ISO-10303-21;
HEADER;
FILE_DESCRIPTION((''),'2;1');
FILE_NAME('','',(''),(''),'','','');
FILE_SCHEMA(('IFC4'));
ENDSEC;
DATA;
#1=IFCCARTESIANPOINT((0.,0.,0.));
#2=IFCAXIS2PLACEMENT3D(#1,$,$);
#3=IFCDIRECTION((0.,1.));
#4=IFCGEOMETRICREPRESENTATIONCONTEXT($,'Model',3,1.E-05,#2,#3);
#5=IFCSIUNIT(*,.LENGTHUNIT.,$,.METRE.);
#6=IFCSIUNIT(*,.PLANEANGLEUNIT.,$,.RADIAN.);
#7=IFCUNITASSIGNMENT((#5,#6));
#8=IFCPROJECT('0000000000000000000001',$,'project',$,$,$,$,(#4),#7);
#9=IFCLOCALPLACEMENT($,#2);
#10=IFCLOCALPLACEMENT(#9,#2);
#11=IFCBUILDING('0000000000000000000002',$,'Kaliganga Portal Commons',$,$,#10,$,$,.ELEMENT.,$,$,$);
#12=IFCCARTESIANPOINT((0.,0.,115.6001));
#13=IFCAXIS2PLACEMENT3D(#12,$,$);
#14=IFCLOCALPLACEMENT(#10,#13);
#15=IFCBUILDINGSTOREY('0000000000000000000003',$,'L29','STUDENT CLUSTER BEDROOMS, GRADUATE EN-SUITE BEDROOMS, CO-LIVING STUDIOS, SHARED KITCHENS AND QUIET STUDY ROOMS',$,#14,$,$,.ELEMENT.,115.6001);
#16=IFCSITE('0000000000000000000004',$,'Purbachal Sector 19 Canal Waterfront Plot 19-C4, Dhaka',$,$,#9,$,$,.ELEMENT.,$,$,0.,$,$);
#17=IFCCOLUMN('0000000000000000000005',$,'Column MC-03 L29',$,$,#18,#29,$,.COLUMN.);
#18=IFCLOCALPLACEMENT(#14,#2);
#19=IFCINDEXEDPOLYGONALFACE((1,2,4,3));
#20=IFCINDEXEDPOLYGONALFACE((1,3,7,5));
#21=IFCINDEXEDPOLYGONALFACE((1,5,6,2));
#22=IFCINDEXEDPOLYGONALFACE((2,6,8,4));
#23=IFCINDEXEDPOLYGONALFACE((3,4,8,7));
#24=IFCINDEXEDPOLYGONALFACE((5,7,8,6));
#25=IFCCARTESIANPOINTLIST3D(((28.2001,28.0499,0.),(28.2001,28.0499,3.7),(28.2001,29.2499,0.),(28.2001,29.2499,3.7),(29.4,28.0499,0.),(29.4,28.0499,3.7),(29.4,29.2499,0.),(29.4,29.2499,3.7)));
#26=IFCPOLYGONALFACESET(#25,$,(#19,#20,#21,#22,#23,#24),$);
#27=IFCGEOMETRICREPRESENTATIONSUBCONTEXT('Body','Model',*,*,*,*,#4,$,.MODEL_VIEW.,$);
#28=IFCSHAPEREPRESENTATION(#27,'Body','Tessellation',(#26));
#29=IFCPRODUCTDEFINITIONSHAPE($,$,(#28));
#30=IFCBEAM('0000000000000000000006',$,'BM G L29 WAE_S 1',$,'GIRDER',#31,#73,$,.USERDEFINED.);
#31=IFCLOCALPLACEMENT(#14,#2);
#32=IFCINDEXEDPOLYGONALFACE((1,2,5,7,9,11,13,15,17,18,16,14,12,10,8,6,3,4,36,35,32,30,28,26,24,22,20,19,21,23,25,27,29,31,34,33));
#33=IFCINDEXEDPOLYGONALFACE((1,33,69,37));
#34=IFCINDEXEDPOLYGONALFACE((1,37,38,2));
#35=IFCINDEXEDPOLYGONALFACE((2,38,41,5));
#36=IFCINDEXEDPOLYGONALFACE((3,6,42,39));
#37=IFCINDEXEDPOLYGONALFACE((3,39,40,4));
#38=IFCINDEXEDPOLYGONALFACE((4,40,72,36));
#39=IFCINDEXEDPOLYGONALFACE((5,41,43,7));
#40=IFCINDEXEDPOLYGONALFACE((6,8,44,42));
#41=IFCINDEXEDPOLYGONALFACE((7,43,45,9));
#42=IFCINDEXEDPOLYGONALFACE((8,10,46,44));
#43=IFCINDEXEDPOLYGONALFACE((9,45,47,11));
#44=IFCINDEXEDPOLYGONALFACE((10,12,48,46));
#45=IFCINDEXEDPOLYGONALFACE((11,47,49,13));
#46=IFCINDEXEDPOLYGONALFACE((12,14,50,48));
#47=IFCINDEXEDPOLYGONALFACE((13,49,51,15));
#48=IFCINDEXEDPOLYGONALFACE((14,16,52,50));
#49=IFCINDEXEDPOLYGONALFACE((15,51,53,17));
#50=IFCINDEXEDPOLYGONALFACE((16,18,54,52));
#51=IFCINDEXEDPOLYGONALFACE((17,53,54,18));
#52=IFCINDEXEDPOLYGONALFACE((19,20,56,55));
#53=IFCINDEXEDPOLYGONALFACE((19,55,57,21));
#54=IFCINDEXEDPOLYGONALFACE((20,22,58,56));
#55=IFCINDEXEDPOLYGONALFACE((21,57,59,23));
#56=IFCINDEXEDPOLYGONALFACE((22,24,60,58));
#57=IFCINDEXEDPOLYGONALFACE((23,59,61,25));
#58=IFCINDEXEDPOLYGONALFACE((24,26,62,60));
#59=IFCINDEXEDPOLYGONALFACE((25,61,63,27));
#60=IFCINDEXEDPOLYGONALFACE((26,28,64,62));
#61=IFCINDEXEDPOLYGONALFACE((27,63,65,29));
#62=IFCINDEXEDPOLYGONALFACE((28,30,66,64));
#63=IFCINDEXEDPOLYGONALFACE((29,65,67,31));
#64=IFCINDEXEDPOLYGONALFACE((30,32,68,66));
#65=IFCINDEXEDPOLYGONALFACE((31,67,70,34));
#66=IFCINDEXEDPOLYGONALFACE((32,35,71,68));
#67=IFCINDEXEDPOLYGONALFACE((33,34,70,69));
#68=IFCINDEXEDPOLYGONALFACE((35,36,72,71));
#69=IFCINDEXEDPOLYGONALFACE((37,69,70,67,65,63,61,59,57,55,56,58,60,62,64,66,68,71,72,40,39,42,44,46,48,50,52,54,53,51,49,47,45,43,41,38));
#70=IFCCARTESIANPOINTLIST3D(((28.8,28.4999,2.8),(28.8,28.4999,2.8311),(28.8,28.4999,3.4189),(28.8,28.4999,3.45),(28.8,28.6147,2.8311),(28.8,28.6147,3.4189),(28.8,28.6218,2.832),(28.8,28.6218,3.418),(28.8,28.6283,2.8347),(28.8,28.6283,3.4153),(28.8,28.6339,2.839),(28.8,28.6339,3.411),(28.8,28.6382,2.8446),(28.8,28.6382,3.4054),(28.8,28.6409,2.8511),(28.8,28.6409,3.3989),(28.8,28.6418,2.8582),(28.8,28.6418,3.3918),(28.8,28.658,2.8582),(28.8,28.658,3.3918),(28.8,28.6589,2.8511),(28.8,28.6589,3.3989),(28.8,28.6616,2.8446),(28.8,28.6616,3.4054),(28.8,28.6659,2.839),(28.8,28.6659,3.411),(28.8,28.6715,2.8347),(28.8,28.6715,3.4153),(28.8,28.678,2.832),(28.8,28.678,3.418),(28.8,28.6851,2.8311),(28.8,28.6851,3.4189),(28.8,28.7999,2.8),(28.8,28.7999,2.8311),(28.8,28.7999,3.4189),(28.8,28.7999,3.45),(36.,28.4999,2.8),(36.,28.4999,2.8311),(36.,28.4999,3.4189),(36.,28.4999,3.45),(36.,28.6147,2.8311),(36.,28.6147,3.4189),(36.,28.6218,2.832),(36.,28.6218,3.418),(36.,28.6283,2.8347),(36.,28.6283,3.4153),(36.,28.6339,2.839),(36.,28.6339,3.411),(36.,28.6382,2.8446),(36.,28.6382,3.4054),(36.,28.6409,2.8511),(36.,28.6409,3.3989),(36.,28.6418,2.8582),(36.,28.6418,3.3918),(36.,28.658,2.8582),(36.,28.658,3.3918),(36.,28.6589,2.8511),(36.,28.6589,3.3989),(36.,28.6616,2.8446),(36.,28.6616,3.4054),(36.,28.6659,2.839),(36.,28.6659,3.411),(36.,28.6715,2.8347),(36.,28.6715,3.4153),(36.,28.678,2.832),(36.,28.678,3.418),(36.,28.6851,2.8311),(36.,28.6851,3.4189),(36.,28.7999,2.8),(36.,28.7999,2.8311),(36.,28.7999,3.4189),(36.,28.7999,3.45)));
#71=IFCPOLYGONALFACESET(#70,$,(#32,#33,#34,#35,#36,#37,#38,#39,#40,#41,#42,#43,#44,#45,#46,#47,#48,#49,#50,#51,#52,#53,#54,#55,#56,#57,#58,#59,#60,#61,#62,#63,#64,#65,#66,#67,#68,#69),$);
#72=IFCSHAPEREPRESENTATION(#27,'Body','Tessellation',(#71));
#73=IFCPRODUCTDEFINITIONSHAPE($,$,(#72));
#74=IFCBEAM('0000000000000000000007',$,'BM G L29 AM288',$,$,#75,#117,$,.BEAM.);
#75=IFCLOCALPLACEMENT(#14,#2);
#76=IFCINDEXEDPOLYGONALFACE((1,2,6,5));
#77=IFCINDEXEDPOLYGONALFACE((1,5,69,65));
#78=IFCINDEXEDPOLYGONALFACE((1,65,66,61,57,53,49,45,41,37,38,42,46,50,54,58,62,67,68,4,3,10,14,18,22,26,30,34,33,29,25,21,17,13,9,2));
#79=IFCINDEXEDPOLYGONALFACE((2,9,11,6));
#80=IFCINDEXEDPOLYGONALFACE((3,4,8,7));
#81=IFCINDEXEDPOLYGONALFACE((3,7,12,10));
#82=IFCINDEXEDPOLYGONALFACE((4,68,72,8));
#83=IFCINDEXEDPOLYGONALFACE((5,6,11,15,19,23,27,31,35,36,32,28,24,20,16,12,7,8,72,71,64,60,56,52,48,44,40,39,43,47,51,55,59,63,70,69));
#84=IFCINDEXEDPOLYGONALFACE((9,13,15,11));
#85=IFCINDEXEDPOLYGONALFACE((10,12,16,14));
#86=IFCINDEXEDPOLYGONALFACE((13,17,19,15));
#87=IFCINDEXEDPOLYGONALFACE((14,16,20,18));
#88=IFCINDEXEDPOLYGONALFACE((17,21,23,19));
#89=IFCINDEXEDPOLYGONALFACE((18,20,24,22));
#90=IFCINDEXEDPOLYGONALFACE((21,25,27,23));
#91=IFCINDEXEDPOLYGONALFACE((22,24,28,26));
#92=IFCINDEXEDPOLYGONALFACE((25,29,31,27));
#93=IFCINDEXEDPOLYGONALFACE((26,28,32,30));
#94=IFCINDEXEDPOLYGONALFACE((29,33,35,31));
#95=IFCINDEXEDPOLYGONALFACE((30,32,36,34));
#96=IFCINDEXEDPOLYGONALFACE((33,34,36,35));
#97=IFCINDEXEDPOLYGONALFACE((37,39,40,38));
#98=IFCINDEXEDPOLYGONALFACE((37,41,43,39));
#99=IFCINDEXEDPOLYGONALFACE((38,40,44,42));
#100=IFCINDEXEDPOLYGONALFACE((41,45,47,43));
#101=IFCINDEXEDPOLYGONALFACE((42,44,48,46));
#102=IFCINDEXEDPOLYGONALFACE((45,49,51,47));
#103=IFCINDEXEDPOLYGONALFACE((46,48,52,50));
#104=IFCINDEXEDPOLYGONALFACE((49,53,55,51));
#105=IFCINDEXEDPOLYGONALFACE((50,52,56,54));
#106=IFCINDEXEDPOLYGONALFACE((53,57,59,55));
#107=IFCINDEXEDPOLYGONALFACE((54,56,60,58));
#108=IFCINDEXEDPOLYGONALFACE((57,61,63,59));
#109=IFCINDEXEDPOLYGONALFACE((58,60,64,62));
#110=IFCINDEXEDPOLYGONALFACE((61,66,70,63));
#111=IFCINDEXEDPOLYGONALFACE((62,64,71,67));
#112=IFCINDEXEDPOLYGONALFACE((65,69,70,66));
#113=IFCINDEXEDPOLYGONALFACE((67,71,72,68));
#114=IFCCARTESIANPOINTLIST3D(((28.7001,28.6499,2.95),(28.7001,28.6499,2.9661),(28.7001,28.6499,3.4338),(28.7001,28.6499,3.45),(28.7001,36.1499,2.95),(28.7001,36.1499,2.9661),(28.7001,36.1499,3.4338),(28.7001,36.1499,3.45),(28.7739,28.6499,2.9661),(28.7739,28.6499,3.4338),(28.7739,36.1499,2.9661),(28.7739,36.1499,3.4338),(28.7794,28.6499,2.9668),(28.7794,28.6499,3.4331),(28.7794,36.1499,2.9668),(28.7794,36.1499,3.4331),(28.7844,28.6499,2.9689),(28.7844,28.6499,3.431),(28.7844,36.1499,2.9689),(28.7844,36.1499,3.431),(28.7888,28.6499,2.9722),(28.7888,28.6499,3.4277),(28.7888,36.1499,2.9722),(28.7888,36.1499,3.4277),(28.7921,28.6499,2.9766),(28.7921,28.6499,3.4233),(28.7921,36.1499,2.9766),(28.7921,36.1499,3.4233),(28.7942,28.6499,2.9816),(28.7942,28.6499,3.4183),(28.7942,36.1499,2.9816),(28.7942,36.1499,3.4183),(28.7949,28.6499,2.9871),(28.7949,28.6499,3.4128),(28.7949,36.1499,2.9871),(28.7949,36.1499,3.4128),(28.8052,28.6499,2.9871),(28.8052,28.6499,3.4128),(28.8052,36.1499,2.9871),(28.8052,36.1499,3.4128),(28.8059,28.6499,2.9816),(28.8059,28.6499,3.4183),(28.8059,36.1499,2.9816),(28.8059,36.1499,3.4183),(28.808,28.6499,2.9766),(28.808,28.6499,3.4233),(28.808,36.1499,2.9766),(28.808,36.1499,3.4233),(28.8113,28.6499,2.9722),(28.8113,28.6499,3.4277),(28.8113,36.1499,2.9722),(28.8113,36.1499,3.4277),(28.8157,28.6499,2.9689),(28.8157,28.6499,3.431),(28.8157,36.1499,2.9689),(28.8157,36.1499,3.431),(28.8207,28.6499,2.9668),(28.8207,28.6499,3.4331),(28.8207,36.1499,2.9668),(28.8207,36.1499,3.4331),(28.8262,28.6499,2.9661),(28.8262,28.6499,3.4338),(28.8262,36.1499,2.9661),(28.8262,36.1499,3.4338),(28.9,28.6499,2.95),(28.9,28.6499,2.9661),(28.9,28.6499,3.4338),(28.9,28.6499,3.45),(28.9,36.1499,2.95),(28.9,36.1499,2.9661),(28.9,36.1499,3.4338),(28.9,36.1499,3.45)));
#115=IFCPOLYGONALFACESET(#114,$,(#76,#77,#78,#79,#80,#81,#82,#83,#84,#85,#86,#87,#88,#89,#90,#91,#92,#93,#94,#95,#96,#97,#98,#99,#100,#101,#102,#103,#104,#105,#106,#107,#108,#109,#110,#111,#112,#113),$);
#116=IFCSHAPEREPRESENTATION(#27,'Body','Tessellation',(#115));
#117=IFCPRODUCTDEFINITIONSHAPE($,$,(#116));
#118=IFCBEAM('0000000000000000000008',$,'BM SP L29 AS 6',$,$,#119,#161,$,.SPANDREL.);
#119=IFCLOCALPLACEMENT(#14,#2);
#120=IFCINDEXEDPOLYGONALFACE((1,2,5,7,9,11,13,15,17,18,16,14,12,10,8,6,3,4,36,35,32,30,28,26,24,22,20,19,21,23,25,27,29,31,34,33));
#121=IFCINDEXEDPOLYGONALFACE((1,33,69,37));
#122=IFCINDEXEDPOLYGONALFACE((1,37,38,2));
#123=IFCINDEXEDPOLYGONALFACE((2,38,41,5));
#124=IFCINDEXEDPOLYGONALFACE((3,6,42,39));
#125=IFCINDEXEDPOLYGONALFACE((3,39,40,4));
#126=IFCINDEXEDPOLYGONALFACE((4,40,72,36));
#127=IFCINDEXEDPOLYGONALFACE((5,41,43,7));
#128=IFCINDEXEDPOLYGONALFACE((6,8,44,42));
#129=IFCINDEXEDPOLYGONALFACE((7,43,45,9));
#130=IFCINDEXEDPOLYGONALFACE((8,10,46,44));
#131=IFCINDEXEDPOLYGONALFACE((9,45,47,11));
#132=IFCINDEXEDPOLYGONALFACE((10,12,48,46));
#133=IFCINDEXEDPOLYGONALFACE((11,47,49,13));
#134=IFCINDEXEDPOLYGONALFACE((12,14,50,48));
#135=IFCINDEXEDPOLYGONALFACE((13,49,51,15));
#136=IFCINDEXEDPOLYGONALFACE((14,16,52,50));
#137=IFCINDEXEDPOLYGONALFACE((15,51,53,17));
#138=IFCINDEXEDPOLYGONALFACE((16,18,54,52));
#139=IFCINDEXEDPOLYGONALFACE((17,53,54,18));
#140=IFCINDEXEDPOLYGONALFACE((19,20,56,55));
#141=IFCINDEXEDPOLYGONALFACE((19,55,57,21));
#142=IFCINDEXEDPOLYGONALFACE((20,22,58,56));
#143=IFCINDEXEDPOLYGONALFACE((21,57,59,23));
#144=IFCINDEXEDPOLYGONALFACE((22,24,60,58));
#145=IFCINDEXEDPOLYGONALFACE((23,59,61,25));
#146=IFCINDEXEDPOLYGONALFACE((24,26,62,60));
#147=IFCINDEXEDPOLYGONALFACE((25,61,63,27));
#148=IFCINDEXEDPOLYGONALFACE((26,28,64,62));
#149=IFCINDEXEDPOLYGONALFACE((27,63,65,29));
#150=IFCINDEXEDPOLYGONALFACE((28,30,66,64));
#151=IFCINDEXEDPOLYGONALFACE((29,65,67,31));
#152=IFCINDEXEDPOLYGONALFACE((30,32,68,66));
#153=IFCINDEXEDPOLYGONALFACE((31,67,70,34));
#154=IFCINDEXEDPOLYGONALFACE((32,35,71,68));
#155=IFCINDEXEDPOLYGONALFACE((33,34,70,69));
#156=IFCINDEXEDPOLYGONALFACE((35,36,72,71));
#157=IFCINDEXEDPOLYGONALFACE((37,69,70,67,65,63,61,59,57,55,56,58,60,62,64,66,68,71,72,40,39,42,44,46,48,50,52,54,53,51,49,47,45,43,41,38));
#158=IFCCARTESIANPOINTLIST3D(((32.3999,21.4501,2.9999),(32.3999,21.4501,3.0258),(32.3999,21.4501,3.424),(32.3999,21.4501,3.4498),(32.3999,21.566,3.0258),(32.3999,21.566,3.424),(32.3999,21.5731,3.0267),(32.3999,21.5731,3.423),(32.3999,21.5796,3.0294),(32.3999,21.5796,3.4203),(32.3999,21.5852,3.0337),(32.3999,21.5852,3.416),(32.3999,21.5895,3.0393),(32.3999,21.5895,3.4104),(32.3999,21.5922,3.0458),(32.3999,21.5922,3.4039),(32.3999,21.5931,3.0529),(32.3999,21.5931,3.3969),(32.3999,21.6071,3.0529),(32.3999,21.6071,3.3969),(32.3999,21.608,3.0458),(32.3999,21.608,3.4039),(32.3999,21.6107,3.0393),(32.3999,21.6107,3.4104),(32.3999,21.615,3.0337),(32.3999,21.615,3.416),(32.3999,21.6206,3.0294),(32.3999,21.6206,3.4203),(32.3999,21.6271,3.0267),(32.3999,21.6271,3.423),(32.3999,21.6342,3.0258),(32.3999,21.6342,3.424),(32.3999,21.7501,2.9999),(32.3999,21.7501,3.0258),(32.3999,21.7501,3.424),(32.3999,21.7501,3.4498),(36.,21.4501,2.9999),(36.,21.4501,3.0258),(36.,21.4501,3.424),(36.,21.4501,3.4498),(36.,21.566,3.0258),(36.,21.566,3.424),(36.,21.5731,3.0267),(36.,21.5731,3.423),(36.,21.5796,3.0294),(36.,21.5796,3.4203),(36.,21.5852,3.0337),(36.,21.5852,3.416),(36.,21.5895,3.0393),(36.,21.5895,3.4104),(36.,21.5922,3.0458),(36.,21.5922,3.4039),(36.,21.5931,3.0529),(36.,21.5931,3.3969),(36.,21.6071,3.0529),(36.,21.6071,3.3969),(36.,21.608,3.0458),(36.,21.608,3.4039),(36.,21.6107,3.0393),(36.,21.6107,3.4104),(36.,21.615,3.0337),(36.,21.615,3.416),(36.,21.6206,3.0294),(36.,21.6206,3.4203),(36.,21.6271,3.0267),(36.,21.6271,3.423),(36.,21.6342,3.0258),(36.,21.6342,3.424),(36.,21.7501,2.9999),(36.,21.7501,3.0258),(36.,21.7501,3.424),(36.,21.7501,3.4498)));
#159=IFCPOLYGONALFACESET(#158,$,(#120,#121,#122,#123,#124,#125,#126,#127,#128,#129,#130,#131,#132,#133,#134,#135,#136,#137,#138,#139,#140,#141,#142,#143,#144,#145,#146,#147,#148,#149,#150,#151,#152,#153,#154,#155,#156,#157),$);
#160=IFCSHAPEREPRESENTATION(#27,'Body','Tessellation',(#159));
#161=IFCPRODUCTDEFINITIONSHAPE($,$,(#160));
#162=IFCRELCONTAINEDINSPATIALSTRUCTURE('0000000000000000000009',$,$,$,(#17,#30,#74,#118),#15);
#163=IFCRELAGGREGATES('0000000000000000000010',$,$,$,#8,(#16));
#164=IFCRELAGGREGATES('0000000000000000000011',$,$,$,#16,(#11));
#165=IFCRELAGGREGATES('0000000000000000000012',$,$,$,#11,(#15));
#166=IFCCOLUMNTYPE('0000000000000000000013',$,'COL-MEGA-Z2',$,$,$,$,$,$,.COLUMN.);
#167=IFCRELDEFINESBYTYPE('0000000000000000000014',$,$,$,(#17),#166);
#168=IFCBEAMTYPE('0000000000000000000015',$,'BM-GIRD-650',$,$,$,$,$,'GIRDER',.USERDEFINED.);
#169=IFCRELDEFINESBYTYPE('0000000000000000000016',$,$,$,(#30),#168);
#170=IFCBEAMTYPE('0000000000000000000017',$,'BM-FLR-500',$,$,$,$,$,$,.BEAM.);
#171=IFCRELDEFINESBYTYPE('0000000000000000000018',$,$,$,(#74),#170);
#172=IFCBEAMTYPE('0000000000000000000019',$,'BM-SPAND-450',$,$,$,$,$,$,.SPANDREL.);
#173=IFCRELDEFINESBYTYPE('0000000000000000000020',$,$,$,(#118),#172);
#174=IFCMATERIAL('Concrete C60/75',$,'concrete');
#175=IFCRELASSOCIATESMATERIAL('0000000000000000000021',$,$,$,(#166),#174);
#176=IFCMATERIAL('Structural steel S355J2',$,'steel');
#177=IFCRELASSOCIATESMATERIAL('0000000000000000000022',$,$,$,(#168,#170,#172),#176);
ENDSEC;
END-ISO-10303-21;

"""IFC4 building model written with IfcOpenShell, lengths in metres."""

from ifc_helpers import new_model, si_unit, direction, frame, origin, origin_2d, place, context, subcontext, project, spatial, rectangle, i_section, extrude, source, transform, mapped, material, material_profile, profile_set, type_object, element, save


model = new_model("IFC4")

# Units and contexts
model_context = context("Model", 3, precision=1e-05, world=origin(), true_north=direction((0.0, 1.0)))
body_context = subcontext(model_context, "Body", "Model", "MODEL_VIEW")
ifc_project = project(units=[si_unit("LENGTHUNIT", "METRE"), si_unit("PLANEANGLEUNIT", "RADIAN")], contexts=[model_context])

# Site, building, storey
site_placement = place(None, origin())
site = spatial("IfcSite", under=ifc_project, at=site_placement, Name="Purbachal Sector 19 Canal Waterfront Plot 19-C4, Dhaka", CompositionType="ELEMENT", RefElevation=0.0)
building_placement = place(site_placement, origin())
building = spatial("IfcBuilding", under=site, at=building_placement, Name="Kaliganga Portal Commons", CompositionType="ELEMENT")
storey_placement = place(building_placement, frame((0.0, 0.0, 115.6001)))
storey = spatial("IfcBuildingStorey", under=building, at=storey_placement, Name="L29", Description="STUDENT CLUSTER BEDROOMS, GRADUATE EN-SUITE BEDROOMS, CO-LIVING STUDIOS, SHARED KITCHENS AND QUIET STUDY ROOMS", CompositionType="ELEMENT", Elevation=115.6001)

# Column
ifc_material_1 = material(Name="Concrete C60/75", Category="concrete")
ifc_material_profile_1 = material_profile(ifc_material_1, rectangle(XDim=1.2, YDim=1.2, at=origin_2d()), Name="RC 1200x1200")
ifc_profile_set_1 = profile_set([ifc_material_profile_1], Name="Concrete C60/75")
column_type = type_object("IfcColumnType", Name="COL-MEGA-Z2", PredefinedType="COLUMN", material=ifc_profile_set_1)
shared_shape_1 = source(origin(), body_context, "Body", "SweptSolid", [
    extrude(rectangle(XDim=1.2, YDim=1.2, at=origin_2d()), origin(), (0.0, 0.0, 1.0), 3.7),
])
column_placement = place(storey_placement, frame((28.8, 28.6499, 0.0), z_axis=(0.0, 0.0, 1.0), x_axis=(1.0, 0.0, 0.0)))
element("IfcColumn", 1, at=column_placement, inside=storey, type_object=column_type, Name="Column MC-03 L29", PredefinedType="COLUMN", context=body_context, shape_type="MappedRepresentation", body=[
    mapped(shared_shape_1, transform((0.0, 0.0, 0.0), x_axis=(1.0, 0.0, 0.0), y_axis=(0.0, 1.0, 0.0), z_axis=(0.0, 0.0, 1.0), scale=1.0)),
])

# Beams
ifc_material_2 = material(Name="Structural steel S355J2", Category="steel")
ifc_material_profile_2 = material_profile(ifc_material_2, i_section(OverallWidth=0.3, OverallDepth=0.6499, WebThickness=0.0161, FlangeThickness=0.031, FilletRadius=0.0271, at=origin_2d()), Name="HE 650 B")
ifc_profile_set_2 = profile_set([ifc_material_profile_2], Name="Structural steel S355J2 wide-flange")
beam_type_1 = type_object("IfcBeamType", Name="BM-GIRD-650", ElementType="GIRDER", PredefinedType="USERDEFINED", material=ifc_profile_set_2)
shared_shape_2 = source(origin(), body_context, "Body", "SweptSolid", [
    extrude(i_section(OverallWidth=0.3, OverallDepth=0.6499, WebThickness=0.0161, FlangeThickness=0.031, FilletRadius=0.0271, at=origin_2d()), origin(), (0.0, 0.0, 1.0), 7.2),
])
beam_1_placement = place(storey_placement, frame((28.8, 28.6499, 3.125), z_axis=(1.0, 0.0, 0.0), x_axis=(0.0, 1.0, 0.0)))
element("IfcBeam", 2, at=beam_1_placement, inside=storey, type_object=beam_type_1, Name="BM G L29 WAE_S 1", ObjectType="GIRDER", PredefinedType="USERDEFINED", context=body_context, shape_type="MappedRepresentation", body=[
    mapped(shared_shape_2, transform((0.0, 0.0, 0.0), x_axis=(1.0, 0.0, 0.0), y_axis=(0.0, 1.0, 0.0), z_axis=(0.0, 0.0, 1.0), scale=1.0)),
])
ifc_material_profile_3 = material_profile(ifc_material_2, i_section(OverallWidth=0.2, OverallDepth=0.5, WebThickness=0.0103, FlangeThickness=0.0161, FilletRadius=0.021, at=origin_2d()), Name="IPE 500")
ifc_profile_set_3 = profile_set([ifc_material_profile_3], Name="Structural steel S355J2 wide-flange")
beam_type_2 = type_object("IfcBeamType", Name="BM-FLR-500", PredefinedType="BEAM", material=ifc_profile_set_3)
shared_shape_3 = source(origin(), body_context, "Body", "SweptSolid", [
    extrude(i_section(OverallWidth=0.2, OverallDepth=0.5, WebThickness=0.0103, FlangeThickness=0.0161, FilletRadius=0.021, at=origin_2d()), origin(), (0.0, 0.0, 1.0), 7.5),
])
beam_2_placement = place(storey_placement, frame((28.8, 28.6499, 3.2), z_axis=(0.0, 1.0, 0.0), x_axis=(-1.0, 0.0, 0.0)))
element("IfcBeam", 3, at=beam_2_placement, inside=storey, type_object=beam_type_2, Name="BM G L29 AM288", PredefinedType="BEAM", context=body_context, shape_type="MappedRepresentation", body=[
    mapped(shared_shape_3, transform((0.0, 0.0, 0.0), x_axis=(1.0, 0.0, 0.0), y_axis=(0.0, 1.0, 0.0), z_axis=(0.0, 0.0, 1.0), scale=1.0)),
])
ifc_material_profile_4 = material_profile(ifc_material_2, i_section(OverallWidth=0.3, OverallDepth=0.45, WebThickness=0.0139, FlangeThickness=0.0259, FilletRadius=0.0271, at=origin_2d()), Name="HE 450 B")
ifc_profile_set_4 = profile_set([ifc_material_profile_4], Name="Structural steel S355J2 wide-flange")
beam_type_3 = type_object("IfcBeamType", Name="BM-SPAND-450", PredefinedType="SPANDREL", material=ifc_profile_set_4)
shared_shape_4 = source(origin(), body_context, "Body", "SweptSolid", [
    extrude(i_section(OverallWidth=0.3, OverallDepth=0.45, WebThickness=0.0139, FlangeThickness=0.0259, FilletRadius=0.0271, at=origin_2d()), origin(), (0.0, 0.0, 1.0), 3.6001),
])
beam_3_placement = place(storey_placement, frame((32.3999, 21.6001, 3.2249), z_axis=(1.0, 0.0, 0.0), x_axis=(0.0, 1.0, 0.0)))
element("IfcBeam", 4, at=beam_3_placement, inside=storey, type_object=beam_type_3, Name="BM SP L29 AS 6", PredefinedType="SPANDREL", context=body_context, shape_type="MappedRepresentation", body=[
    mapped(shared_shape_4, transform((0.0, 0.0, 0.0), x_axis=(1.0, 0.0, 0.0), y_axis=(0.0, 1.0, 0.0), z_axis=(0.0, 0.0, 1.0), scale=1.0)),
])

save(model, "model.ifc")
